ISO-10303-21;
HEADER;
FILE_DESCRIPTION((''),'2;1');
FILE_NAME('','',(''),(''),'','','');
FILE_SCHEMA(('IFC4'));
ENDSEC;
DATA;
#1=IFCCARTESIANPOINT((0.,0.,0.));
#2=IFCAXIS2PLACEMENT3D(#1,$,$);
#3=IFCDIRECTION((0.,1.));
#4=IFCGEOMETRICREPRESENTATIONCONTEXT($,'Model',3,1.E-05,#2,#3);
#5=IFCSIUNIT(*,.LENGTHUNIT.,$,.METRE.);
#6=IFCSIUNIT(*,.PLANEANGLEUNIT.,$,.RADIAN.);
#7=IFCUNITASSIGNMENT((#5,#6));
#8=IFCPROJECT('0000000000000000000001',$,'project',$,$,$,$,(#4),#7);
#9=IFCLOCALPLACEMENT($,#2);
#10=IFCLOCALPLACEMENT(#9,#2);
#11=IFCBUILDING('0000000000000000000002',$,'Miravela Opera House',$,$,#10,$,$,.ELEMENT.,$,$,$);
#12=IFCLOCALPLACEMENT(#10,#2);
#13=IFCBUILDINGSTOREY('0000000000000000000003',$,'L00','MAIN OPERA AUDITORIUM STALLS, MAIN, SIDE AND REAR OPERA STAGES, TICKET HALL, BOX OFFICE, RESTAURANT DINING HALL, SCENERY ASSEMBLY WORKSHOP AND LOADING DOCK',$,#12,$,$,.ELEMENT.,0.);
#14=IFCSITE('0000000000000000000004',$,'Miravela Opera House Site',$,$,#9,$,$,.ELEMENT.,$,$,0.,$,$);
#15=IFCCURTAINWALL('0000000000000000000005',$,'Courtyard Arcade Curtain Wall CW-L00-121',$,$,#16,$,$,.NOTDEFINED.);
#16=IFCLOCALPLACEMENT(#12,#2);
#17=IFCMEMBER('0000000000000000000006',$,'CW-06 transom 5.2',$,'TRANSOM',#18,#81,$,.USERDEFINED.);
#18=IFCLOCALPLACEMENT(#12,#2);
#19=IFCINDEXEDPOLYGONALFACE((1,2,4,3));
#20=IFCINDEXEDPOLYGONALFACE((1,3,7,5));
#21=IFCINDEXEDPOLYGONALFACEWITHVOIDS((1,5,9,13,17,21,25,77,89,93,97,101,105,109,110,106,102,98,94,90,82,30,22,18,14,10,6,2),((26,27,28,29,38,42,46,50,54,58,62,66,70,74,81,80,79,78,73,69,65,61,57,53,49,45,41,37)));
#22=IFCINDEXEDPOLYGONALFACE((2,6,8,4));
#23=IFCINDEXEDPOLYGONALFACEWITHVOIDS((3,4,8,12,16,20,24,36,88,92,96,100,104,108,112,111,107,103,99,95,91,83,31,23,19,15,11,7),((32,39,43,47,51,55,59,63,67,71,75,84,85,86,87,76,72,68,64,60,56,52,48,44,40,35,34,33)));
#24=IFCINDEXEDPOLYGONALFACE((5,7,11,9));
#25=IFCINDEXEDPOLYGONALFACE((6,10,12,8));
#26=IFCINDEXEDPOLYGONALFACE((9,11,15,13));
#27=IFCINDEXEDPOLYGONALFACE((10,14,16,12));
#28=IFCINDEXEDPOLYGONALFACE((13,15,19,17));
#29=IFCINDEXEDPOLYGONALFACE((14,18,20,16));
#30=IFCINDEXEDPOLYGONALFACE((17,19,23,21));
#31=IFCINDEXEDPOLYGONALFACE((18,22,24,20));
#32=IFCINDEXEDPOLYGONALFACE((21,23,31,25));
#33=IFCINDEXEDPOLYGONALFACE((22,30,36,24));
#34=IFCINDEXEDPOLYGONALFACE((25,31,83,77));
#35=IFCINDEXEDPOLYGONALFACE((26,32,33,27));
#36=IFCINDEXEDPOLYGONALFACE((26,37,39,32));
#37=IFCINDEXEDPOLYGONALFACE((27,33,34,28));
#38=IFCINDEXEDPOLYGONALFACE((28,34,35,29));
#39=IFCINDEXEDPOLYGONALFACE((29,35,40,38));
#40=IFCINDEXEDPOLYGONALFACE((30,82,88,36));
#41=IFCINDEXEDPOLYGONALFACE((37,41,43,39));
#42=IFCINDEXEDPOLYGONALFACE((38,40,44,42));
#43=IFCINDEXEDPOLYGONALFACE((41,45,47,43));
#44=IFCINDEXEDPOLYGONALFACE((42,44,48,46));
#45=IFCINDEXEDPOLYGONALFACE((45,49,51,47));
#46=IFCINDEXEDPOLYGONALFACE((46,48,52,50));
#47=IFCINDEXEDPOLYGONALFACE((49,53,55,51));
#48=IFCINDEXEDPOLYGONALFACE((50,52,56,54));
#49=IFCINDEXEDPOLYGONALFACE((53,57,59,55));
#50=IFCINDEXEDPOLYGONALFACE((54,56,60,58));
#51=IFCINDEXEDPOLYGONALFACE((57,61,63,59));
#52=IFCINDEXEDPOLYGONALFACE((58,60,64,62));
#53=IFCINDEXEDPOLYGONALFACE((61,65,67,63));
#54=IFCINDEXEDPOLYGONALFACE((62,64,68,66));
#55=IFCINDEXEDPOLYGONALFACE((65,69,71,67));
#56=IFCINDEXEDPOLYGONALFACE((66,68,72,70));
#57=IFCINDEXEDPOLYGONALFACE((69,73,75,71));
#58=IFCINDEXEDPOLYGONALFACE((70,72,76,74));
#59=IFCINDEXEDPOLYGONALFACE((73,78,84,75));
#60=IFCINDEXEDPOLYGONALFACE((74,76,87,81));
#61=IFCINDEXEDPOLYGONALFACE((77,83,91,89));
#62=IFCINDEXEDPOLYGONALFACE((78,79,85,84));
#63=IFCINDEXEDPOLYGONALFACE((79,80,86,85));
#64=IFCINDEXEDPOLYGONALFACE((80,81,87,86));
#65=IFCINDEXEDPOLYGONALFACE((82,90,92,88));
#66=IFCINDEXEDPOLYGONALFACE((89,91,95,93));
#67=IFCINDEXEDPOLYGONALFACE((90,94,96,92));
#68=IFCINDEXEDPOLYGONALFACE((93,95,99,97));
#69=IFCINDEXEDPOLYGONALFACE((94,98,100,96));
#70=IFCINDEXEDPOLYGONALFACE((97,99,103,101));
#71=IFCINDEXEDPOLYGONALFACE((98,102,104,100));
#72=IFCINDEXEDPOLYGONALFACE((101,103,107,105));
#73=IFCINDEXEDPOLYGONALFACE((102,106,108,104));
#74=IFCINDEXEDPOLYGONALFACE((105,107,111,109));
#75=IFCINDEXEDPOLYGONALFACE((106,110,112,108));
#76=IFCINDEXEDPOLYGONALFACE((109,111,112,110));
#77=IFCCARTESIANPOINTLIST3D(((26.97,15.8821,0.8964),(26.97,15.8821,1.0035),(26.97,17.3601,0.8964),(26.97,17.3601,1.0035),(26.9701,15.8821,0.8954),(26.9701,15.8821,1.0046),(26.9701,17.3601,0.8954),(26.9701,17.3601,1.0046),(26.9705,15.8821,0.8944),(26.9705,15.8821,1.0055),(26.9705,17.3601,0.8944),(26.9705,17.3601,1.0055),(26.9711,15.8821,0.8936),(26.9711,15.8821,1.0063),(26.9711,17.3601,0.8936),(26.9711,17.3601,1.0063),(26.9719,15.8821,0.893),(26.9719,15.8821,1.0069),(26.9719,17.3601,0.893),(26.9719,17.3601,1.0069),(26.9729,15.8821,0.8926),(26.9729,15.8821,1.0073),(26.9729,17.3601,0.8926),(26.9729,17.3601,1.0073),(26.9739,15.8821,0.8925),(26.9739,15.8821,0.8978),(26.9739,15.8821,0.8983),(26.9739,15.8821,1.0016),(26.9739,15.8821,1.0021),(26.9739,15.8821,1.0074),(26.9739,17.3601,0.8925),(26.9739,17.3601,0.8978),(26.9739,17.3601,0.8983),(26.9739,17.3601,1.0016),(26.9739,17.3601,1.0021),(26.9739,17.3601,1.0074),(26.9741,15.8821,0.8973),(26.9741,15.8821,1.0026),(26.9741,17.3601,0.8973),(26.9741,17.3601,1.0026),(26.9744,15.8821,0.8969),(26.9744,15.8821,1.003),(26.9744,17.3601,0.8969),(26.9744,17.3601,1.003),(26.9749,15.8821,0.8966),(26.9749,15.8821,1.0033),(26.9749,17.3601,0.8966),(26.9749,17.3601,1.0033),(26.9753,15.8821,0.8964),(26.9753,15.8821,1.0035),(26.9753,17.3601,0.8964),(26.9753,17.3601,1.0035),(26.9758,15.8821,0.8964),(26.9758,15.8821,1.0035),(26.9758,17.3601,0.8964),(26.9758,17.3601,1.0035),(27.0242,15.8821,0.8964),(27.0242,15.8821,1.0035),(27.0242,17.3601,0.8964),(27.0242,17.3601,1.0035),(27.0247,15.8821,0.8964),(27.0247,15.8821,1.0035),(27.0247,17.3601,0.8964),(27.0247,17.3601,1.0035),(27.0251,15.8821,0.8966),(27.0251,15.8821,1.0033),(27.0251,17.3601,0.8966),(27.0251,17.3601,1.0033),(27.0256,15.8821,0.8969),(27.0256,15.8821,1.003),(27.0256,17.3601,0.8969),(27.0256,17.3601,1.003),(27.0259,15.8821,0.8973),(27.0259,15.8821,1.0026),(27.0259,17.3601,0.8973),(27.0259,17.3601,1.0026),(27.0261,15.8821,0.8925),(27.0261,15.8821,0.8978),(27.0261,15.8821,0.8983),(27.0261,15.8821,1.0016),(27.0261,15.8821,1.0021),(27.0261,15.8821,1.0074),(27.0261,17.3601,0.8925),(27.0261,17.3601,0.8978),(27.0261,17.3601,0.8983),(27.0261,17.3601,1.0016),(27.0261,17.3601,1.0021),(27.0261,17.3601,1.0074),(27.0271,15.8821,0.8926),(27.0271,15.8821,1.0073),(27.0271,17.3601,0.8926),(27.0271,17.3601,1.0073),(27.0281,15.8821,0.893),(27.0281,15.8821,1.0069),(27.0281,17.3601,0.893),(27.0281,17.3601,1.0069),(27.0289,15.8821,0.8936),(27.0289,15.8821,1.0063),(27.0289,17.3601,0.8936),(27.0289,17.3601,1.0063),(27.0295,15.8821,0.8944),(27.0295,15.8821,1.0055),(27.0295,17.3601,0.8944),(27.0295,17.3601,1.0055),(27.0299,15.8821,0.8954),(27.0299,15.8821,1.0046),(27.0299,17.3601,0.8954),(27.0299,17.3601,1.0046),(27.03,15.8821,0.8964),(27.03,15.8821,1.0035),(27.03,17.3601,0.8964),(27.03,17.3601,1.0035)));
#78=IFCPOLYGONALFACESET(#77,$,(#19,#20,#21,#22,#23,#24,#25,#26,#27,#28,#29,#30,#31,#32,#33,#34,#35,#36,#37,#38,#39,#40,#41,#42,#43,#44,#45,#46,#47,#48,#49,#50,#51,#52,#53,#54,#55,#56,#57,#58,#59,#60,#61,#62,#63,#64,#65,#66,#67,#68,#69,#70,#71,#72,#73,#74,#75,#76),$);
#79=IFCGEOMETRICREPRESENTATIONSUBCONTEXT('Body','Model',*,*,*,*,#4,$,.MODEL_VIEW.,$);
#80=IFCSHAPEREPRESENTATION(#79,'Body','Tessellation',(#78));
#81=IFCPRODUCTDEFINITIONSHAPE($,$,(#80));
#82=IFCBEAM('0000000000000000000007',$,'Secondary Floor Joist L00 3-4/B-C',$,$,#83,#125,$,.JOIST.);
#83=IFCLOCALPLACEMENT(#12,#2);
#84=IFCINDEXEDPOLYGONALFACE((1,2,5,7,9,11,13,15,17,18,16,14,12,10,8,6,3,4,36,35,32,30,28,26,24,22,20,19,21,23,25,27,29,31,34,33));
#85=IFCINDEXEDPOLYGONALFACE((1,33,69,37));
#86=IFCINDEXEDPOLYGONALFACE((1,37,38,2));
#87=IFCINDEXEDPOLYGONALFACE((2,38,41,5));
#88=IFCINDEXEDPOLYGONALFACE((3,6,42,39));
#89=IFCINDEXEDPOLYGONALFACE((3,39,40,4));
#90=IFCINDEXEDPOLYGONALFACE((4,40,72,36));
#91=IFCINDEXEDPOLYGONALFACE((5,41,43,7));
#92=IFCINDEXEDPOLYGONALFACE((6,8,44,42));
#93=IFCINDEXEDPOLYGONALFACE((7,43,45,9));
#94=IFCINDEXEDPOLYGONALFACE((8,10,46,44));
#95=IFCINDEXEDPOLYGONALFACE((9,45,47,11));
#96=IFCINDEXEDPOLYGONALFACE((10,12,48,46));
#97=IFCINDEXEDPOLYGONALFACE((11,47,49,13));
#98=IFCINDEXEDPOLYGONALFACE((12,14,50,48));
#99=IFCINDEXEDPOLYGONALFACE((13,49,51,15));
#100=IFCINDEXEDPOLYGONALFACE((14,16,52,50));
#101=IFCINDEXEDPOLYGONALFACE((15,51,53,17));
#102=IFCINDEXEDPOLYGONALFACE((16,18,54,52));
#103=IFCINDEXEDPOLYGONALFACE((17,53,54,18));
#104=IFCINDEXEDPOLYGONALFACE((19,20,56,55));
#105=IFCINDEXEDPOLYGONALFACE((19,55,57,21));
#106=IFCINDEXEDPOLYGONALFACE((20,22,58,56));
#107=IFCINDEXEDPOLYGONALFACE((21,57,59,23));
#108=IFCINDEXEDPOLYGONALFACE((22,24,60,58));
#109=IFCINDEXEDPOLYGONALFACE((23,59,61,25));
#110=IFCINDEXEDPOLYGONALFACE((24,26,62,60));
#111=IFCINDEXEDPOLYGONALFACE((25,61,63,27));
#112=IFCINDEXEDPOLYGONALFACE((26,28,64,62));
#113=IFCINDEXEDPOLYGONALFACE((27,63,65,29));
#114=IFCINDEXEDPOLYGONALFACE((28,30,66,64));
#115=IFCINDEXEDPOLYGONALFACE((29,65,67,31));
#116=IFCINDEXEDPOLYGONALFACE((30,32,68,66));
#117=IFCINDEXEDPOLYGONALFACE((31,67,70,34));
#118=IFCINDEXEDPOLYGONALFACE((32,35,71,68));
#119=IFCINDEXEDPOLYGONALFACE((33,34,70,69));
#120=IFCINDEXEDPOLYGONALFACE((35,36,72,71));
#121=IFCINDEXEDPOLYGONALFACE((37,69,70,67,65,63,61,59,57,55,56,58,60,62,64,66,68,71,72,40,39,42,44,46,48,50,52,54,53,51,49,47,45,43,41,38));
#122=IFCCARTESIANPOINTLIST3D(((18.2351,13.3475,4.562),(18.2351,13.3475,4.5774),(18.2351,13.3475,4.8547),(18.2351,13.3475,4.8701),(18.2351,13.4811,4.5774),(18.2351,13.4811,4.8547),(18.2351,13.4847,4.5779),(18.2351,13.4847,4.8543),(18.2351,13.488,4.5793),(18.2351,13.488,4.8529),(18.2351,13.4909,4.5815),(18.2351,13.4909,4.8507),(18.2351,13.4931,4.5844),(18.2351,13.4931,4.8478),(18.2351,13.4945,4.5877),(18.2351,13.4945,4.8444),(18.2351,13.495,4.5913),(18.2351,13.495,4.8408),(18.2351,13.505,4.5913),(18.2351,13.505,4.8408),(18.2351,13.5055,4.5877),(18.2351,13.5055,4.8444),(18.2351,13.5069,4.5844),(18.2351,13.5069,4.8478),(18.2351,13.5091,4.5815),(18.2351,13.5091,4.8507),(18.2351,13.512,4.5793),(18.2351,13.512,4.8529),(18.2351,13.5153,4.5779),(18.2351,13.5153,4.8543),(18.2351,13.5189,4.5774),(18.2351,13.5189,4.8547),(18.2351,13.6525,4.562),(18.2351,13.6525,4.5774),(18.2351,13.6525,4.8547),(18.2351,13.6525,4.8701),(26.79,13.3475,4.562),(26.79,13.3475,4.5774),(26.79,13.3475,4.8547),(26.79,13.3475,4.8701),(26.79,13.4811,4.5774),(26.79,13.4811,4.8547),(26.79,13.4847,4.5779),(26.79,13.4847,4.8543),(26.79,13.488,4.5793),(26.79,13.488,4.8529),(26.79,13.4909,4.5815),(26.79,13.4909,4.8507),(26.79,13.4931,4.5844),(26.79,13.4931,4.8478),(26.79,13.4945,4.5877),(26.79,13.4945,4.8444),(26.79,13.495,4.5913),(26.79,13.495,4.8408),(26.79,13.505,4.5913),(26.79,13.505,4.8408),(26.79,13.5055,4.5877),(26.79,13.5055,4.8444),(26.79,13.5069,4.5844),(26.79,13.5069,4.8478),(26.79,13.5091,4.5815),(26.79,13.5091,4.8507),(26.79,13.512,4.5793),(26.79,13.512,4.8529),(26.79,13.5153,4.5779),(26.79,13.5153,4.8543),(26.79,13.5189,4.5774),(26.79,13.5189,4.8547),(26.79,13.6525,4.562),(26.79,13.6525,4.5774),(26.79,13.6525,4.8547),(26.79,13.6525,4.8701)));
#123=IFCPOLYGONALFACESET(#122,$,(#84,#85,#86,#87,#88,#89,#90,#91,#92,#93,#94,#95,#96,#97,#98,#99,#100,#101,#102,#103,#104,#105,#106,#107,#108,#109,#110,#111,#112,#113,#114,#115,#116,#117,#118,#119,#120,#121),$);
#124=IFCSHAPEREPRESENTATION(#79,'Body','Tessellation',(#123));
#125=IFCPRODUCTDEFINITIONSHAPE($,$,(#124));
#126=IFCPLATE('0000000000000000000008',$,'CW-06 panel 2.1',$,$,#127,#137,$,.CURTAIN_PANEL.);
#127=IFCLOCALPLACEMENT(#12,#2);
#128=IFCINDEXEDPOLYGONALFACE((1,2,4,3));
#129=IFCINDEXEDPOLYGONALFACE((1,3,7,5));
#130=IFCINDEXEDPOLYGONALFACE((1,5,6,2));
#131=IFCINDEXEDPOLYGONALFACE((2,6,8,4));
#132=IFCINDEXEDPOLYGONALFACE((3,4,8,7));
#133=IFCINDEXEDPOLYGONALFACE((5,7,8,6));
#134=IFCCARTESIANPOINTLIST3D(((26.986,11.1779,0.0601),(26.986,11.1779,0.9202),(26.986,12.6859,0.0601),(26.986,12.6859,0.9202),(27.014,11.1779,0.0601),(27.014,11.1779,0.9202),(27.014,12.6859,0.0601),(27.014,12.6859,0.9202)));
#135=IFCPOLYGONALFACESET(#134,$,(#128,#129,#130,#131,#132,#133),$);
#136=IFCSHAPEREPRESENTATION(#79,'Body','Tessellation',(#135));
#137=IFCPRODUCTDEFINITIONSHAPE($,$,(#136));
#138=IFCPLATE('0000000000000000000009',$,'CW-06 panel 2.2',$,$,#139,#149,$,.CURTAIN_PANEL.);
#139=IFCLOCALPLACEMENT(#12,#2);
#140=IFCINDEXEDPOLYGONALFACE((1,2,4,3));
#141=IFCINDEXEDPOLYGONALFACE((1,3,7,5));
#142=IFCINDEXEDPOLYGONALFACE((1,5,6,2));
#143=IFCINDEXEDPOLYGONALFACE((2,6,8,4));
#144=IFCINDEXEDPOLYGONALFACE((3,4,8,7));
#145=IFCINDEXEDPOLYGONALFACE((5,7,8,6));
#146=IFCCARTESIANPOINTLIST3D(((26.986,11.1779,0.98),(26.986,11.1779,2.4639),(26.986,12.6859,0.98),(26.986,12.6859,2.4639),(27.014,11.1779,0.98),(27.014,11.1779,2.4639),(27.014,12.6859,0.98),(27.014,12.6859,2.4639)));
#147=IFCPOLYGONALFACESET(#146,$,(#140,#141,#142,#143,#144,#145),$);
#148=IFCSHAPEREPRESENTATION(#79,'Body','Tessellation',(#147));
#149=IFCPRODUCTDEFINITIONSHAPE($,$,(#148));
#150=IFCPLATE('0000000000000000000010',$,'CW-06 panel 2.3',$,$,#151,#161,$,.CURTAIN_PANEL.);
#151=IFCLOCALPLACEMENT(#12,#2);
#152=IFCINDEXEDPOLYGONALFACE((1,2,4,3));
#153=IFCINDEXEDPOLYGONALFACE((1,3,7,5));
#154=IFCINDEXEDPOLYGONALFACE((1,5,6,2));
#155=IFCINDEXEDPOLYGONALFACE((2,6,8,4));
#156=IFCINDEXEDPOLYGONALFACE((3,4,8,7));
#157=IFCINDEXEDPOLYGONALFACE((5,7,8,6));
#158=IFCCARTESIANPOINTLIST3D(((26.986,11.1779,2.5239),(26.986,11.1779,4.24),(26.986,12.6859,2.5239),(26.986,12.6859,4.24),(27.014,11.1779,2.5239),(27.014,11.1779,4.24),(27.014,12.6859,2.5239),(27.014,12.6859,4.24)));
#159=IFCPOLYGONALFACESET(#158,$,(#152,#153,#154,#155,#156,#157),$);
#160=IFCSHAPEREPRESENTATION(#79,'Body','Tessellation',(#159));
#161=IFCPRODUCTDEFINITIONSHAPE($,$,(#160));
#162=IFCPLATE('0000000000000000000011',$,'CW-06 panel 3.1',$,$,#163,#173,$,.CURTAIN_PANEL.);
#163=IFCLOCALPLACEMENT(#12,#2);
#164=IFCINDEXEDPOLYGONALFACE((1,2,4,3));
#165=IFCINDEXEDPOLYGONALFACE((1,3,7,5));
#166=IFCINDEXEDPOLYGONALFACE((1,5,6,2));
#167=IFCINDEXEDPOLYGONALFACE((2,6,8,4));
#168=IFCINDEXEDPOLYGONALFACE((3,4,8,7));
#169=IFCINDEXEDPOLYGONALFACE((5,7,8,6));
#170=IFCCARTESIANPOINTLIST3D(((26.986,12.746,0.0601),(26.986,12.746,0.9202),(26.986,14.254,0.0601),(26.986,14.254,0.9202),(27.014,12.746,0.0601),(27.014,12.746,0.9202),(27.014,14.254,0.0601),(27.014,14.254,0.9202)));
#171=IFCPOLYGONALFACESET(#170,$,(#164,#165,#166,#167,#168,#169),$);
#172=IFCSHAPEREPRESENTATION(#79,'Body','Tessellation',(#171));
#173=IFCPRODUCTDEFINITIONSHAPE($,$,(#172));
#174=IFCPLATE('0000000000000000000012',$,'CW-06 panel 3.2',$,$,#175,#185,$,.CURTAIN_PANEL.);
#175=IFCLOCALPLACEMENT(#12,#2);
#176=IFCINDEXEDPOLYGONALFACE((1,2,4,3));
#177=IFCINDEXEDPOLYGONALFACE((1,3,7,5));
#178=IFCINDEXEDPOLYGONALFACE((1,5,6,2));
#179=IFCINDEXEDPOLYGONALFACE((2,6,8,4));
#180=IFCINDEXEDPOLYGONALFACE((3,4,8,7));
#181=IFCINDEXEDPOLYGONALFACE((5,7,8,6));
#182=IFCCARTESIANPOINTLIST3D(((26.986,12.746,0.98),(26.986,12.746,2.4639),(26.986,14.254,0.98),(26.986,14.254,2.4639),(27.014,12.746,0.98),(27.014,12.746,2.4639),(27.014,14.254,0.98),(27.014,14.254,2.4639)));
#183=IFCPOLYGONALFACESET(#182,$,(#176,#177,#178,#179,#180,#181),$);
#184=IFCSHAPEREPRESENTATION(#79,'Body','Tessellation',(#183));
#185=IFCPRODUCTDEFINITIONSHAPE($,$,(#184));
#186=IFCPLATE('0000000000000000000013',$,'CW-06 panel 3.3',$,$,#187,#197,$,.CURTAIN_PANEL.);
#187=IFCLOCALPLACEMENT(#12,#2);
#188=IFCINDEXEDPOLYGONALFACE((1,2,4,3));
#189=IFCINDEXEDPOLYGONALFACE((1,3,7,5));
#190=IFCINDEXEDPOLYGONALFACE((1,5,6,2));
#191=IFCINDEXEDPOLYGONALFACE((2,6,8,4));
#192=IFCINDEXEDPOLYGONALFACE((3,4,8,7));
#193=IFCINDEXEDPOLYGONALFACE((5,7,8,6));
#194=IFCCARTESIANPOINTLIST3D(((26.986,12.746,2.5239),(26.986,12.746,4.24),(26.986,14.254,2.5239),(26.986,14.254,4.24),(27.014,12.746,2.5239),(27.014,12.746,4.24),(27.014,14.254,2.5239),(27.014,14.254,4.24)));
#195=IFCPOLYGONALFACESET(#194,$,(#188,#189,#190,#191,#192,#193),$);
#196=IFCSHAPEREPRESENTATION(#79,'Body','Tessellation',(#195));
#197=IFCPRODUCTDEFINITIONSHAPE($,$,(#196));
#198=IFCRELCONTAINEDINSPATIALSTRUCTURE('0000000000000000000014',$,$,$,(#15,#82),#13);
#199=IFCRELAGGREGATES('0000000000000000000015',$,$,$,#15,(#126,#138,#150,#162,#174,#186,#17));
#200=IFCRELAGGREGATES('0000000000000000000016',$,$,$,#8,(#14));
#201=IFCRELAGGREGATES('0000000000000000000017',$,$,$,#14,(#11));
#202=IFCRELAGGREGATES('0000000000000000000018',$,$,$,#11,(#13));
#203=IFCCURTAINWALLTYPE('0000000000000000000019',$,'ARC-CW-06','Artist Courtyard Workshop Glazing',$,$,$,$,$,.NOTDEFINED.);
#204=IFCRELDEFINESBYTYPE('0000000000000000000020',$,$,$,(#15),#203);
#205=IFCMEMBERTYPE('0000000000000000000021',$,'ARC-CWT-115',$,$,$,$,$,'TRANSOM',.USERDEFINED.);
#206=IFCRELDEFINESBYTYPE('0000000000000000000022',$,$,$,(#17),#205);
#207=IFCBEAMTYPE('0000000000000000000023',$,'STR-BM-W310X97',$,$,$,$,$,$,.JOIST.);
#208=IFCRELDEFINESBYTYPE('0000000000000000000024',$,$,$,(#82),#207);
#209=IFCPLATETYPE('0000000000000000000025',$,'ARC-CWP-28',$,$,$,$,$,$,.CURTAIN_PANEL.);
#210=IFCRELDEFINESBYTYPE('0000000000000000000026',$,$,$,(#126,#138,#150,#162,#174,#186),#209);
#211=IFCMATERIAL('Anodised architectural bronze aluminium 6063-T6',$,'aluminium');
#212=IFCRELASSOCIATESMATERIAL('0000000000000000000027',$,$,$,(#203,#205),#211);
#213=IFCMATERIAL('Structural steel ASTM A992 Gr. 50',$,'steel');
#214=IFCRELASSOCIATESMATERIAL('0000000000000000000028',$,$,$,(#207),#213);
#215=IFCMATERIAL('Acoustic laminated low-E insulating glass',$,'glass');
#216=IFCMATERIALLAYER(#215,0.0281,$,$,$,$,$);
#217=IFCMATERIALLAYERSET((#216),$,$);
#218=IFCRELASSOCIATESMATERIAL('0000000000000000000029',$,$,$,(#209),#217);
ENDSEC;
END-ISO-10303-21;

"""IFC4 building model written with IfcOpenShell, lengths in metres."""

from ifc_helpers import new_model, si_unit, direction, frame, origin, origin_2d, place, context, subcontext, project, spatial, rectangle, hollow_rectangle, i_section, extrude, material, layer, layer_set, material_profile, profile_set, type_object, element, aggregate, save


model = new_model("IFC4")

# Units and contexts
model_context = context("Model", 3, precision=1e-05, world=origin(), true_north=direction((0.0, 1.0)))
body_context = subcontext(model_context, "Body", "Model", "MODEL_VIEW")
ifc_project = project(units=[si_unit("LENGTHUNIT", "METRE"), si_unit("PLANEANGLEUNIT", "RADIAN")], contexts=[model_context])

# Site, building, storey
site_placement = place(None, origin())
site = spatial("IfcSite", under=ifc_project, at=site_placement, Name="Miravela Opera House Site", CompositionType="ELEMENT", RefElevation=0.0)
building_placement = place(site_placement, origin())
building = spatial("IfcBuilding", under=site, at=building_placement, Name="Miravela Opera House", CompositionType="ELEMENT")
storey_placement = place(building_placement, origin())
storey = spatial("IfcBuildingStorey", under=building, at=storey_placement, Name="L00", Description="MAIN OPERA AUDITORIUM STALLS, MAIN, SIDE AND REAR OPERA STAGES, TICKET HALL, BOX OFFICE, RESTAURANT DINING HALL, SCENERY ASSEMBLY WORKSHOP AND LOADING DOCK", CompositionType="ELEMENT", Elevation=0.0)

# Curtain wall, member
ifc_material_1 = material(Name="Anodised architectural bronze aluminium 6063-T6", Category="aluminium")
curtain_wall_type = type_object("IfcCurtainWallType", Name="ARC-CW-06", Description="Artist Courtyard Workshop Glazing", PredefinedType="NOTDEFINED", material=ifc_material_1)
curtain_wall_placement = place(storey_placement, origin())
curtain_wall = element("IfcCurtainWall", 1, at=curtain_wall_placement, inside=storey, type_object=curtain_wall_type, Name="Courtyard Arcade Curtain Wall CW-L00-121", PredefinedType="NOTDEFINED")
ifc_material_profile_1 = material_profile(ifc_material_1, hollow_rectangle(XDim=0.0601, YDim=0.115, WallThickness=0.0039, InnerFilletRadius=0.002, OuterFilletRadius=0.0039, at=origin_2d()), Name="CWT-60X115")
ifc_profile_set_1 = profile_set([ifc_material_profile_1])
member_type_1 = type_object("IfcMemberType", Name="ARC-CWT-115", ElementType="TRANSOM", PredefinedType="USERDEFINED", material=ifc_profile_set_1)
member_1_placement = place(storey_placement, frame((27.0, 15.8821, 0.95), z_axis=(0.0, 1.0, 0.0), x_axis=(-1.0, 0.0, 0.0)))
member_1 = element("IfcMember", 2, at=member_1_placement, type_object=member_type_1, Name="CW-06 transom 5.2", ObjectType="TRANSOM", PredefinedType="USERDEFINED", context=body_context, shape_type="SweptSolid", body=[
    extrude(hollow_rectangle(XDim=0.0601, YDim=0.115, WallThickness=0.0039, InnerFilletRadius=0.002, OuterFilletRadius=0.0039, at=origin_2d()), origin(), (0.0, 0.0, 1.0), 1.478),
])

# Beam
ifc_material_2 = material(Name="Structural steel ASTM A992 Gr. 50", Category="steel")
ifc_material_profile_2 = material_profile(ifc_material_2, i_section(OverallWidth=0.3049, OverallDepth=0.3081, WebThickness=0.01, FlangeThickness=0.0154, FilletRadius=0.0139, at=origin_2d()), Name="W310X97")
ifc_profile_set_2 = profile_set([ifc_material_profile_2])
beam_type = type_object("IfcBeamType", Name="STR-BM-W310X97", PredefinedType="JOIST", material=ifc_profile_set_2)
beam_placement = place(storey_placement, frame((18.2351, 13.5, 4.7161), z_axis=(1.0, 0.0, 0.0), x_axis=(0.0, 1.0, 0.0)))
element("IfcBeam", 3, at=beam_placement, inside=storey, type_object=beam_type, Name="Secondary Floor Joist L00 3-4/B-C", PredefinedType="JOIST", context=body_context, shape_type="SweptSolid", body=[
    extrude(i_section(OverallWidth=0.3049, OverallDepth=0.3081, WebThickness=0.01, FlangeThickness=0.0154, FilletRadius=0.0139, at=origin_2d()), origin(), (0.0, 0.0, 1.0), 8.5549),
])

# Plates
ifc_material_3 = material(Name="Acoustic laminated low-E insulating glass", Category="glass")
ifc_layer = layer(ifc_material_3, 0.0281)
ifc_layer_set = layer_set([ifc_layer])
plate_type = type_object("IfcPlateType", Name="ARC-CWP-28", PredefinedType="CURTAIN_PANEL", material=ifc_layer_set)
plate_1_placement = place(storey_placement, frame((27.0, 11.9319, 0.0601), z_axis=(0.0, 0.0, 1.0), x_axis=(0.0, 1.0, 0.0)))
plate_1 = element("IfcPlate", 4, at=plate_1_placement, type_object=plate_type, Name="CW-06 panel 2.1", PredefinedType="CURTAIN_PANEL", context=body_context, shape_type="SweptSolid", body=[
    extrude(rectangle(XDim=1.5081, YDim=0.0281, at=origin_2d()), origin(), (0.0, 0.0, 1.0), 0.8601),
])
plate_2_placement = place(storey_placement, frame((27.0, 11.9319, 0.98), z_axis=(0.0, 0.0, 1.0), x_axis=(0.0, 1.0, 0.0)))
plate_2 = element("IfcPlate", 5, at=plate_2_placement, type_object=plate_type, Name="CW-06 panel 2.2", PredefinedType="CURTAIN_PANEL", context=body_context, shape_type="SweptSolid", body=[
    extrude(rectangle(XDim=1.5081, YDim=0.0281, at=origin_2d()), origin(), (0.0, 0.0, 1.0), 1.4839),
])
plate_3_placement = place(storey_placement, frame((27.0, 11.9319, 2.5239), z_axis=(0.0, 0.0, 1.0), x_axis=(0.0, 1.0, 0.0)))
plate_3 = element("IfcPlate", 6, at=plate_3_placement, type_object=plate_type, Name="CW-06 panel 2.3", PredefinedType="CURTAIN_PANEL", context=body_context, shape_type="SweptSolid", body=[
    extrude(rectangle(XDim=1.5081, YDim=0.0281, at=origin_2d()), origin(), (0.0, 0.0, 1.0), 1.7161),
])
plate_4_placement = place(storey_placement, frame((27.0, 13.5, 0.0601), z_axis=(0.0, 0.0, 1.0), x_axis=(0.0, 1.0, 0.0)))
plate_4 = element("IfcPlate", 7, at=plate_4_placement, type_object=plate_type, Name="CW-06 panel 3.1", PredefinedType="CURTAIN_PANEL", context=body_context, shape_type="SweptSolid", body=[
    extrude(rectangle(XDim=1.5081, YDim=0.0281, at=origin_2d()), origin(), (0.0, 0.0, 1.0), 0.8601),
])
plate_5_placement = place(storey_placement, frame((27.0, 13.5, 0.98), z_axis=(0.0, 0.0, 1.0), x_axis=(0.0, 1.0, 0.0)))
plate_5 = element("IfcPlate", 8, at=plate_5_placement, type_object=plate_type, Name="CW-06 panel 3.2", PredefinedType="CURTAIN_PANEL", context=body_context, shape_type="SweptSolid", body=[
    extrude(rectangle(XDim=1.5081, YDim=0.0281, at=origin_2d()), origin(), (0.0, 0.0, 1.0), 1.4839),
])
plate_6_placement = place(storey_placement, frame((27.0, 13.5, 2.5239), z_axis=(0.0, 0.0, 1.0), x_axis=(0.0, 1.0, 0.0)))
plate_6 = element("IfcPlate", 9, at=plate_6_placement, type_object=plate_type, Name="CW-06 panel 3.3", PredefinedType="CURTAIN_PANEL", context=body_context, shape_type="SweptSolid", body=[
    extrude(rectangle(XDim=1.5081, YDim=0.0281, at=origin_2d()), origin(), (0.0, 0.0, 1.0), 1.7161),
])
aggregate(curtain_wall, [plate_1, plate_2, plate_3, plate_4, plate_5, plate_6, member_1])

save(model, "model.ifc")
